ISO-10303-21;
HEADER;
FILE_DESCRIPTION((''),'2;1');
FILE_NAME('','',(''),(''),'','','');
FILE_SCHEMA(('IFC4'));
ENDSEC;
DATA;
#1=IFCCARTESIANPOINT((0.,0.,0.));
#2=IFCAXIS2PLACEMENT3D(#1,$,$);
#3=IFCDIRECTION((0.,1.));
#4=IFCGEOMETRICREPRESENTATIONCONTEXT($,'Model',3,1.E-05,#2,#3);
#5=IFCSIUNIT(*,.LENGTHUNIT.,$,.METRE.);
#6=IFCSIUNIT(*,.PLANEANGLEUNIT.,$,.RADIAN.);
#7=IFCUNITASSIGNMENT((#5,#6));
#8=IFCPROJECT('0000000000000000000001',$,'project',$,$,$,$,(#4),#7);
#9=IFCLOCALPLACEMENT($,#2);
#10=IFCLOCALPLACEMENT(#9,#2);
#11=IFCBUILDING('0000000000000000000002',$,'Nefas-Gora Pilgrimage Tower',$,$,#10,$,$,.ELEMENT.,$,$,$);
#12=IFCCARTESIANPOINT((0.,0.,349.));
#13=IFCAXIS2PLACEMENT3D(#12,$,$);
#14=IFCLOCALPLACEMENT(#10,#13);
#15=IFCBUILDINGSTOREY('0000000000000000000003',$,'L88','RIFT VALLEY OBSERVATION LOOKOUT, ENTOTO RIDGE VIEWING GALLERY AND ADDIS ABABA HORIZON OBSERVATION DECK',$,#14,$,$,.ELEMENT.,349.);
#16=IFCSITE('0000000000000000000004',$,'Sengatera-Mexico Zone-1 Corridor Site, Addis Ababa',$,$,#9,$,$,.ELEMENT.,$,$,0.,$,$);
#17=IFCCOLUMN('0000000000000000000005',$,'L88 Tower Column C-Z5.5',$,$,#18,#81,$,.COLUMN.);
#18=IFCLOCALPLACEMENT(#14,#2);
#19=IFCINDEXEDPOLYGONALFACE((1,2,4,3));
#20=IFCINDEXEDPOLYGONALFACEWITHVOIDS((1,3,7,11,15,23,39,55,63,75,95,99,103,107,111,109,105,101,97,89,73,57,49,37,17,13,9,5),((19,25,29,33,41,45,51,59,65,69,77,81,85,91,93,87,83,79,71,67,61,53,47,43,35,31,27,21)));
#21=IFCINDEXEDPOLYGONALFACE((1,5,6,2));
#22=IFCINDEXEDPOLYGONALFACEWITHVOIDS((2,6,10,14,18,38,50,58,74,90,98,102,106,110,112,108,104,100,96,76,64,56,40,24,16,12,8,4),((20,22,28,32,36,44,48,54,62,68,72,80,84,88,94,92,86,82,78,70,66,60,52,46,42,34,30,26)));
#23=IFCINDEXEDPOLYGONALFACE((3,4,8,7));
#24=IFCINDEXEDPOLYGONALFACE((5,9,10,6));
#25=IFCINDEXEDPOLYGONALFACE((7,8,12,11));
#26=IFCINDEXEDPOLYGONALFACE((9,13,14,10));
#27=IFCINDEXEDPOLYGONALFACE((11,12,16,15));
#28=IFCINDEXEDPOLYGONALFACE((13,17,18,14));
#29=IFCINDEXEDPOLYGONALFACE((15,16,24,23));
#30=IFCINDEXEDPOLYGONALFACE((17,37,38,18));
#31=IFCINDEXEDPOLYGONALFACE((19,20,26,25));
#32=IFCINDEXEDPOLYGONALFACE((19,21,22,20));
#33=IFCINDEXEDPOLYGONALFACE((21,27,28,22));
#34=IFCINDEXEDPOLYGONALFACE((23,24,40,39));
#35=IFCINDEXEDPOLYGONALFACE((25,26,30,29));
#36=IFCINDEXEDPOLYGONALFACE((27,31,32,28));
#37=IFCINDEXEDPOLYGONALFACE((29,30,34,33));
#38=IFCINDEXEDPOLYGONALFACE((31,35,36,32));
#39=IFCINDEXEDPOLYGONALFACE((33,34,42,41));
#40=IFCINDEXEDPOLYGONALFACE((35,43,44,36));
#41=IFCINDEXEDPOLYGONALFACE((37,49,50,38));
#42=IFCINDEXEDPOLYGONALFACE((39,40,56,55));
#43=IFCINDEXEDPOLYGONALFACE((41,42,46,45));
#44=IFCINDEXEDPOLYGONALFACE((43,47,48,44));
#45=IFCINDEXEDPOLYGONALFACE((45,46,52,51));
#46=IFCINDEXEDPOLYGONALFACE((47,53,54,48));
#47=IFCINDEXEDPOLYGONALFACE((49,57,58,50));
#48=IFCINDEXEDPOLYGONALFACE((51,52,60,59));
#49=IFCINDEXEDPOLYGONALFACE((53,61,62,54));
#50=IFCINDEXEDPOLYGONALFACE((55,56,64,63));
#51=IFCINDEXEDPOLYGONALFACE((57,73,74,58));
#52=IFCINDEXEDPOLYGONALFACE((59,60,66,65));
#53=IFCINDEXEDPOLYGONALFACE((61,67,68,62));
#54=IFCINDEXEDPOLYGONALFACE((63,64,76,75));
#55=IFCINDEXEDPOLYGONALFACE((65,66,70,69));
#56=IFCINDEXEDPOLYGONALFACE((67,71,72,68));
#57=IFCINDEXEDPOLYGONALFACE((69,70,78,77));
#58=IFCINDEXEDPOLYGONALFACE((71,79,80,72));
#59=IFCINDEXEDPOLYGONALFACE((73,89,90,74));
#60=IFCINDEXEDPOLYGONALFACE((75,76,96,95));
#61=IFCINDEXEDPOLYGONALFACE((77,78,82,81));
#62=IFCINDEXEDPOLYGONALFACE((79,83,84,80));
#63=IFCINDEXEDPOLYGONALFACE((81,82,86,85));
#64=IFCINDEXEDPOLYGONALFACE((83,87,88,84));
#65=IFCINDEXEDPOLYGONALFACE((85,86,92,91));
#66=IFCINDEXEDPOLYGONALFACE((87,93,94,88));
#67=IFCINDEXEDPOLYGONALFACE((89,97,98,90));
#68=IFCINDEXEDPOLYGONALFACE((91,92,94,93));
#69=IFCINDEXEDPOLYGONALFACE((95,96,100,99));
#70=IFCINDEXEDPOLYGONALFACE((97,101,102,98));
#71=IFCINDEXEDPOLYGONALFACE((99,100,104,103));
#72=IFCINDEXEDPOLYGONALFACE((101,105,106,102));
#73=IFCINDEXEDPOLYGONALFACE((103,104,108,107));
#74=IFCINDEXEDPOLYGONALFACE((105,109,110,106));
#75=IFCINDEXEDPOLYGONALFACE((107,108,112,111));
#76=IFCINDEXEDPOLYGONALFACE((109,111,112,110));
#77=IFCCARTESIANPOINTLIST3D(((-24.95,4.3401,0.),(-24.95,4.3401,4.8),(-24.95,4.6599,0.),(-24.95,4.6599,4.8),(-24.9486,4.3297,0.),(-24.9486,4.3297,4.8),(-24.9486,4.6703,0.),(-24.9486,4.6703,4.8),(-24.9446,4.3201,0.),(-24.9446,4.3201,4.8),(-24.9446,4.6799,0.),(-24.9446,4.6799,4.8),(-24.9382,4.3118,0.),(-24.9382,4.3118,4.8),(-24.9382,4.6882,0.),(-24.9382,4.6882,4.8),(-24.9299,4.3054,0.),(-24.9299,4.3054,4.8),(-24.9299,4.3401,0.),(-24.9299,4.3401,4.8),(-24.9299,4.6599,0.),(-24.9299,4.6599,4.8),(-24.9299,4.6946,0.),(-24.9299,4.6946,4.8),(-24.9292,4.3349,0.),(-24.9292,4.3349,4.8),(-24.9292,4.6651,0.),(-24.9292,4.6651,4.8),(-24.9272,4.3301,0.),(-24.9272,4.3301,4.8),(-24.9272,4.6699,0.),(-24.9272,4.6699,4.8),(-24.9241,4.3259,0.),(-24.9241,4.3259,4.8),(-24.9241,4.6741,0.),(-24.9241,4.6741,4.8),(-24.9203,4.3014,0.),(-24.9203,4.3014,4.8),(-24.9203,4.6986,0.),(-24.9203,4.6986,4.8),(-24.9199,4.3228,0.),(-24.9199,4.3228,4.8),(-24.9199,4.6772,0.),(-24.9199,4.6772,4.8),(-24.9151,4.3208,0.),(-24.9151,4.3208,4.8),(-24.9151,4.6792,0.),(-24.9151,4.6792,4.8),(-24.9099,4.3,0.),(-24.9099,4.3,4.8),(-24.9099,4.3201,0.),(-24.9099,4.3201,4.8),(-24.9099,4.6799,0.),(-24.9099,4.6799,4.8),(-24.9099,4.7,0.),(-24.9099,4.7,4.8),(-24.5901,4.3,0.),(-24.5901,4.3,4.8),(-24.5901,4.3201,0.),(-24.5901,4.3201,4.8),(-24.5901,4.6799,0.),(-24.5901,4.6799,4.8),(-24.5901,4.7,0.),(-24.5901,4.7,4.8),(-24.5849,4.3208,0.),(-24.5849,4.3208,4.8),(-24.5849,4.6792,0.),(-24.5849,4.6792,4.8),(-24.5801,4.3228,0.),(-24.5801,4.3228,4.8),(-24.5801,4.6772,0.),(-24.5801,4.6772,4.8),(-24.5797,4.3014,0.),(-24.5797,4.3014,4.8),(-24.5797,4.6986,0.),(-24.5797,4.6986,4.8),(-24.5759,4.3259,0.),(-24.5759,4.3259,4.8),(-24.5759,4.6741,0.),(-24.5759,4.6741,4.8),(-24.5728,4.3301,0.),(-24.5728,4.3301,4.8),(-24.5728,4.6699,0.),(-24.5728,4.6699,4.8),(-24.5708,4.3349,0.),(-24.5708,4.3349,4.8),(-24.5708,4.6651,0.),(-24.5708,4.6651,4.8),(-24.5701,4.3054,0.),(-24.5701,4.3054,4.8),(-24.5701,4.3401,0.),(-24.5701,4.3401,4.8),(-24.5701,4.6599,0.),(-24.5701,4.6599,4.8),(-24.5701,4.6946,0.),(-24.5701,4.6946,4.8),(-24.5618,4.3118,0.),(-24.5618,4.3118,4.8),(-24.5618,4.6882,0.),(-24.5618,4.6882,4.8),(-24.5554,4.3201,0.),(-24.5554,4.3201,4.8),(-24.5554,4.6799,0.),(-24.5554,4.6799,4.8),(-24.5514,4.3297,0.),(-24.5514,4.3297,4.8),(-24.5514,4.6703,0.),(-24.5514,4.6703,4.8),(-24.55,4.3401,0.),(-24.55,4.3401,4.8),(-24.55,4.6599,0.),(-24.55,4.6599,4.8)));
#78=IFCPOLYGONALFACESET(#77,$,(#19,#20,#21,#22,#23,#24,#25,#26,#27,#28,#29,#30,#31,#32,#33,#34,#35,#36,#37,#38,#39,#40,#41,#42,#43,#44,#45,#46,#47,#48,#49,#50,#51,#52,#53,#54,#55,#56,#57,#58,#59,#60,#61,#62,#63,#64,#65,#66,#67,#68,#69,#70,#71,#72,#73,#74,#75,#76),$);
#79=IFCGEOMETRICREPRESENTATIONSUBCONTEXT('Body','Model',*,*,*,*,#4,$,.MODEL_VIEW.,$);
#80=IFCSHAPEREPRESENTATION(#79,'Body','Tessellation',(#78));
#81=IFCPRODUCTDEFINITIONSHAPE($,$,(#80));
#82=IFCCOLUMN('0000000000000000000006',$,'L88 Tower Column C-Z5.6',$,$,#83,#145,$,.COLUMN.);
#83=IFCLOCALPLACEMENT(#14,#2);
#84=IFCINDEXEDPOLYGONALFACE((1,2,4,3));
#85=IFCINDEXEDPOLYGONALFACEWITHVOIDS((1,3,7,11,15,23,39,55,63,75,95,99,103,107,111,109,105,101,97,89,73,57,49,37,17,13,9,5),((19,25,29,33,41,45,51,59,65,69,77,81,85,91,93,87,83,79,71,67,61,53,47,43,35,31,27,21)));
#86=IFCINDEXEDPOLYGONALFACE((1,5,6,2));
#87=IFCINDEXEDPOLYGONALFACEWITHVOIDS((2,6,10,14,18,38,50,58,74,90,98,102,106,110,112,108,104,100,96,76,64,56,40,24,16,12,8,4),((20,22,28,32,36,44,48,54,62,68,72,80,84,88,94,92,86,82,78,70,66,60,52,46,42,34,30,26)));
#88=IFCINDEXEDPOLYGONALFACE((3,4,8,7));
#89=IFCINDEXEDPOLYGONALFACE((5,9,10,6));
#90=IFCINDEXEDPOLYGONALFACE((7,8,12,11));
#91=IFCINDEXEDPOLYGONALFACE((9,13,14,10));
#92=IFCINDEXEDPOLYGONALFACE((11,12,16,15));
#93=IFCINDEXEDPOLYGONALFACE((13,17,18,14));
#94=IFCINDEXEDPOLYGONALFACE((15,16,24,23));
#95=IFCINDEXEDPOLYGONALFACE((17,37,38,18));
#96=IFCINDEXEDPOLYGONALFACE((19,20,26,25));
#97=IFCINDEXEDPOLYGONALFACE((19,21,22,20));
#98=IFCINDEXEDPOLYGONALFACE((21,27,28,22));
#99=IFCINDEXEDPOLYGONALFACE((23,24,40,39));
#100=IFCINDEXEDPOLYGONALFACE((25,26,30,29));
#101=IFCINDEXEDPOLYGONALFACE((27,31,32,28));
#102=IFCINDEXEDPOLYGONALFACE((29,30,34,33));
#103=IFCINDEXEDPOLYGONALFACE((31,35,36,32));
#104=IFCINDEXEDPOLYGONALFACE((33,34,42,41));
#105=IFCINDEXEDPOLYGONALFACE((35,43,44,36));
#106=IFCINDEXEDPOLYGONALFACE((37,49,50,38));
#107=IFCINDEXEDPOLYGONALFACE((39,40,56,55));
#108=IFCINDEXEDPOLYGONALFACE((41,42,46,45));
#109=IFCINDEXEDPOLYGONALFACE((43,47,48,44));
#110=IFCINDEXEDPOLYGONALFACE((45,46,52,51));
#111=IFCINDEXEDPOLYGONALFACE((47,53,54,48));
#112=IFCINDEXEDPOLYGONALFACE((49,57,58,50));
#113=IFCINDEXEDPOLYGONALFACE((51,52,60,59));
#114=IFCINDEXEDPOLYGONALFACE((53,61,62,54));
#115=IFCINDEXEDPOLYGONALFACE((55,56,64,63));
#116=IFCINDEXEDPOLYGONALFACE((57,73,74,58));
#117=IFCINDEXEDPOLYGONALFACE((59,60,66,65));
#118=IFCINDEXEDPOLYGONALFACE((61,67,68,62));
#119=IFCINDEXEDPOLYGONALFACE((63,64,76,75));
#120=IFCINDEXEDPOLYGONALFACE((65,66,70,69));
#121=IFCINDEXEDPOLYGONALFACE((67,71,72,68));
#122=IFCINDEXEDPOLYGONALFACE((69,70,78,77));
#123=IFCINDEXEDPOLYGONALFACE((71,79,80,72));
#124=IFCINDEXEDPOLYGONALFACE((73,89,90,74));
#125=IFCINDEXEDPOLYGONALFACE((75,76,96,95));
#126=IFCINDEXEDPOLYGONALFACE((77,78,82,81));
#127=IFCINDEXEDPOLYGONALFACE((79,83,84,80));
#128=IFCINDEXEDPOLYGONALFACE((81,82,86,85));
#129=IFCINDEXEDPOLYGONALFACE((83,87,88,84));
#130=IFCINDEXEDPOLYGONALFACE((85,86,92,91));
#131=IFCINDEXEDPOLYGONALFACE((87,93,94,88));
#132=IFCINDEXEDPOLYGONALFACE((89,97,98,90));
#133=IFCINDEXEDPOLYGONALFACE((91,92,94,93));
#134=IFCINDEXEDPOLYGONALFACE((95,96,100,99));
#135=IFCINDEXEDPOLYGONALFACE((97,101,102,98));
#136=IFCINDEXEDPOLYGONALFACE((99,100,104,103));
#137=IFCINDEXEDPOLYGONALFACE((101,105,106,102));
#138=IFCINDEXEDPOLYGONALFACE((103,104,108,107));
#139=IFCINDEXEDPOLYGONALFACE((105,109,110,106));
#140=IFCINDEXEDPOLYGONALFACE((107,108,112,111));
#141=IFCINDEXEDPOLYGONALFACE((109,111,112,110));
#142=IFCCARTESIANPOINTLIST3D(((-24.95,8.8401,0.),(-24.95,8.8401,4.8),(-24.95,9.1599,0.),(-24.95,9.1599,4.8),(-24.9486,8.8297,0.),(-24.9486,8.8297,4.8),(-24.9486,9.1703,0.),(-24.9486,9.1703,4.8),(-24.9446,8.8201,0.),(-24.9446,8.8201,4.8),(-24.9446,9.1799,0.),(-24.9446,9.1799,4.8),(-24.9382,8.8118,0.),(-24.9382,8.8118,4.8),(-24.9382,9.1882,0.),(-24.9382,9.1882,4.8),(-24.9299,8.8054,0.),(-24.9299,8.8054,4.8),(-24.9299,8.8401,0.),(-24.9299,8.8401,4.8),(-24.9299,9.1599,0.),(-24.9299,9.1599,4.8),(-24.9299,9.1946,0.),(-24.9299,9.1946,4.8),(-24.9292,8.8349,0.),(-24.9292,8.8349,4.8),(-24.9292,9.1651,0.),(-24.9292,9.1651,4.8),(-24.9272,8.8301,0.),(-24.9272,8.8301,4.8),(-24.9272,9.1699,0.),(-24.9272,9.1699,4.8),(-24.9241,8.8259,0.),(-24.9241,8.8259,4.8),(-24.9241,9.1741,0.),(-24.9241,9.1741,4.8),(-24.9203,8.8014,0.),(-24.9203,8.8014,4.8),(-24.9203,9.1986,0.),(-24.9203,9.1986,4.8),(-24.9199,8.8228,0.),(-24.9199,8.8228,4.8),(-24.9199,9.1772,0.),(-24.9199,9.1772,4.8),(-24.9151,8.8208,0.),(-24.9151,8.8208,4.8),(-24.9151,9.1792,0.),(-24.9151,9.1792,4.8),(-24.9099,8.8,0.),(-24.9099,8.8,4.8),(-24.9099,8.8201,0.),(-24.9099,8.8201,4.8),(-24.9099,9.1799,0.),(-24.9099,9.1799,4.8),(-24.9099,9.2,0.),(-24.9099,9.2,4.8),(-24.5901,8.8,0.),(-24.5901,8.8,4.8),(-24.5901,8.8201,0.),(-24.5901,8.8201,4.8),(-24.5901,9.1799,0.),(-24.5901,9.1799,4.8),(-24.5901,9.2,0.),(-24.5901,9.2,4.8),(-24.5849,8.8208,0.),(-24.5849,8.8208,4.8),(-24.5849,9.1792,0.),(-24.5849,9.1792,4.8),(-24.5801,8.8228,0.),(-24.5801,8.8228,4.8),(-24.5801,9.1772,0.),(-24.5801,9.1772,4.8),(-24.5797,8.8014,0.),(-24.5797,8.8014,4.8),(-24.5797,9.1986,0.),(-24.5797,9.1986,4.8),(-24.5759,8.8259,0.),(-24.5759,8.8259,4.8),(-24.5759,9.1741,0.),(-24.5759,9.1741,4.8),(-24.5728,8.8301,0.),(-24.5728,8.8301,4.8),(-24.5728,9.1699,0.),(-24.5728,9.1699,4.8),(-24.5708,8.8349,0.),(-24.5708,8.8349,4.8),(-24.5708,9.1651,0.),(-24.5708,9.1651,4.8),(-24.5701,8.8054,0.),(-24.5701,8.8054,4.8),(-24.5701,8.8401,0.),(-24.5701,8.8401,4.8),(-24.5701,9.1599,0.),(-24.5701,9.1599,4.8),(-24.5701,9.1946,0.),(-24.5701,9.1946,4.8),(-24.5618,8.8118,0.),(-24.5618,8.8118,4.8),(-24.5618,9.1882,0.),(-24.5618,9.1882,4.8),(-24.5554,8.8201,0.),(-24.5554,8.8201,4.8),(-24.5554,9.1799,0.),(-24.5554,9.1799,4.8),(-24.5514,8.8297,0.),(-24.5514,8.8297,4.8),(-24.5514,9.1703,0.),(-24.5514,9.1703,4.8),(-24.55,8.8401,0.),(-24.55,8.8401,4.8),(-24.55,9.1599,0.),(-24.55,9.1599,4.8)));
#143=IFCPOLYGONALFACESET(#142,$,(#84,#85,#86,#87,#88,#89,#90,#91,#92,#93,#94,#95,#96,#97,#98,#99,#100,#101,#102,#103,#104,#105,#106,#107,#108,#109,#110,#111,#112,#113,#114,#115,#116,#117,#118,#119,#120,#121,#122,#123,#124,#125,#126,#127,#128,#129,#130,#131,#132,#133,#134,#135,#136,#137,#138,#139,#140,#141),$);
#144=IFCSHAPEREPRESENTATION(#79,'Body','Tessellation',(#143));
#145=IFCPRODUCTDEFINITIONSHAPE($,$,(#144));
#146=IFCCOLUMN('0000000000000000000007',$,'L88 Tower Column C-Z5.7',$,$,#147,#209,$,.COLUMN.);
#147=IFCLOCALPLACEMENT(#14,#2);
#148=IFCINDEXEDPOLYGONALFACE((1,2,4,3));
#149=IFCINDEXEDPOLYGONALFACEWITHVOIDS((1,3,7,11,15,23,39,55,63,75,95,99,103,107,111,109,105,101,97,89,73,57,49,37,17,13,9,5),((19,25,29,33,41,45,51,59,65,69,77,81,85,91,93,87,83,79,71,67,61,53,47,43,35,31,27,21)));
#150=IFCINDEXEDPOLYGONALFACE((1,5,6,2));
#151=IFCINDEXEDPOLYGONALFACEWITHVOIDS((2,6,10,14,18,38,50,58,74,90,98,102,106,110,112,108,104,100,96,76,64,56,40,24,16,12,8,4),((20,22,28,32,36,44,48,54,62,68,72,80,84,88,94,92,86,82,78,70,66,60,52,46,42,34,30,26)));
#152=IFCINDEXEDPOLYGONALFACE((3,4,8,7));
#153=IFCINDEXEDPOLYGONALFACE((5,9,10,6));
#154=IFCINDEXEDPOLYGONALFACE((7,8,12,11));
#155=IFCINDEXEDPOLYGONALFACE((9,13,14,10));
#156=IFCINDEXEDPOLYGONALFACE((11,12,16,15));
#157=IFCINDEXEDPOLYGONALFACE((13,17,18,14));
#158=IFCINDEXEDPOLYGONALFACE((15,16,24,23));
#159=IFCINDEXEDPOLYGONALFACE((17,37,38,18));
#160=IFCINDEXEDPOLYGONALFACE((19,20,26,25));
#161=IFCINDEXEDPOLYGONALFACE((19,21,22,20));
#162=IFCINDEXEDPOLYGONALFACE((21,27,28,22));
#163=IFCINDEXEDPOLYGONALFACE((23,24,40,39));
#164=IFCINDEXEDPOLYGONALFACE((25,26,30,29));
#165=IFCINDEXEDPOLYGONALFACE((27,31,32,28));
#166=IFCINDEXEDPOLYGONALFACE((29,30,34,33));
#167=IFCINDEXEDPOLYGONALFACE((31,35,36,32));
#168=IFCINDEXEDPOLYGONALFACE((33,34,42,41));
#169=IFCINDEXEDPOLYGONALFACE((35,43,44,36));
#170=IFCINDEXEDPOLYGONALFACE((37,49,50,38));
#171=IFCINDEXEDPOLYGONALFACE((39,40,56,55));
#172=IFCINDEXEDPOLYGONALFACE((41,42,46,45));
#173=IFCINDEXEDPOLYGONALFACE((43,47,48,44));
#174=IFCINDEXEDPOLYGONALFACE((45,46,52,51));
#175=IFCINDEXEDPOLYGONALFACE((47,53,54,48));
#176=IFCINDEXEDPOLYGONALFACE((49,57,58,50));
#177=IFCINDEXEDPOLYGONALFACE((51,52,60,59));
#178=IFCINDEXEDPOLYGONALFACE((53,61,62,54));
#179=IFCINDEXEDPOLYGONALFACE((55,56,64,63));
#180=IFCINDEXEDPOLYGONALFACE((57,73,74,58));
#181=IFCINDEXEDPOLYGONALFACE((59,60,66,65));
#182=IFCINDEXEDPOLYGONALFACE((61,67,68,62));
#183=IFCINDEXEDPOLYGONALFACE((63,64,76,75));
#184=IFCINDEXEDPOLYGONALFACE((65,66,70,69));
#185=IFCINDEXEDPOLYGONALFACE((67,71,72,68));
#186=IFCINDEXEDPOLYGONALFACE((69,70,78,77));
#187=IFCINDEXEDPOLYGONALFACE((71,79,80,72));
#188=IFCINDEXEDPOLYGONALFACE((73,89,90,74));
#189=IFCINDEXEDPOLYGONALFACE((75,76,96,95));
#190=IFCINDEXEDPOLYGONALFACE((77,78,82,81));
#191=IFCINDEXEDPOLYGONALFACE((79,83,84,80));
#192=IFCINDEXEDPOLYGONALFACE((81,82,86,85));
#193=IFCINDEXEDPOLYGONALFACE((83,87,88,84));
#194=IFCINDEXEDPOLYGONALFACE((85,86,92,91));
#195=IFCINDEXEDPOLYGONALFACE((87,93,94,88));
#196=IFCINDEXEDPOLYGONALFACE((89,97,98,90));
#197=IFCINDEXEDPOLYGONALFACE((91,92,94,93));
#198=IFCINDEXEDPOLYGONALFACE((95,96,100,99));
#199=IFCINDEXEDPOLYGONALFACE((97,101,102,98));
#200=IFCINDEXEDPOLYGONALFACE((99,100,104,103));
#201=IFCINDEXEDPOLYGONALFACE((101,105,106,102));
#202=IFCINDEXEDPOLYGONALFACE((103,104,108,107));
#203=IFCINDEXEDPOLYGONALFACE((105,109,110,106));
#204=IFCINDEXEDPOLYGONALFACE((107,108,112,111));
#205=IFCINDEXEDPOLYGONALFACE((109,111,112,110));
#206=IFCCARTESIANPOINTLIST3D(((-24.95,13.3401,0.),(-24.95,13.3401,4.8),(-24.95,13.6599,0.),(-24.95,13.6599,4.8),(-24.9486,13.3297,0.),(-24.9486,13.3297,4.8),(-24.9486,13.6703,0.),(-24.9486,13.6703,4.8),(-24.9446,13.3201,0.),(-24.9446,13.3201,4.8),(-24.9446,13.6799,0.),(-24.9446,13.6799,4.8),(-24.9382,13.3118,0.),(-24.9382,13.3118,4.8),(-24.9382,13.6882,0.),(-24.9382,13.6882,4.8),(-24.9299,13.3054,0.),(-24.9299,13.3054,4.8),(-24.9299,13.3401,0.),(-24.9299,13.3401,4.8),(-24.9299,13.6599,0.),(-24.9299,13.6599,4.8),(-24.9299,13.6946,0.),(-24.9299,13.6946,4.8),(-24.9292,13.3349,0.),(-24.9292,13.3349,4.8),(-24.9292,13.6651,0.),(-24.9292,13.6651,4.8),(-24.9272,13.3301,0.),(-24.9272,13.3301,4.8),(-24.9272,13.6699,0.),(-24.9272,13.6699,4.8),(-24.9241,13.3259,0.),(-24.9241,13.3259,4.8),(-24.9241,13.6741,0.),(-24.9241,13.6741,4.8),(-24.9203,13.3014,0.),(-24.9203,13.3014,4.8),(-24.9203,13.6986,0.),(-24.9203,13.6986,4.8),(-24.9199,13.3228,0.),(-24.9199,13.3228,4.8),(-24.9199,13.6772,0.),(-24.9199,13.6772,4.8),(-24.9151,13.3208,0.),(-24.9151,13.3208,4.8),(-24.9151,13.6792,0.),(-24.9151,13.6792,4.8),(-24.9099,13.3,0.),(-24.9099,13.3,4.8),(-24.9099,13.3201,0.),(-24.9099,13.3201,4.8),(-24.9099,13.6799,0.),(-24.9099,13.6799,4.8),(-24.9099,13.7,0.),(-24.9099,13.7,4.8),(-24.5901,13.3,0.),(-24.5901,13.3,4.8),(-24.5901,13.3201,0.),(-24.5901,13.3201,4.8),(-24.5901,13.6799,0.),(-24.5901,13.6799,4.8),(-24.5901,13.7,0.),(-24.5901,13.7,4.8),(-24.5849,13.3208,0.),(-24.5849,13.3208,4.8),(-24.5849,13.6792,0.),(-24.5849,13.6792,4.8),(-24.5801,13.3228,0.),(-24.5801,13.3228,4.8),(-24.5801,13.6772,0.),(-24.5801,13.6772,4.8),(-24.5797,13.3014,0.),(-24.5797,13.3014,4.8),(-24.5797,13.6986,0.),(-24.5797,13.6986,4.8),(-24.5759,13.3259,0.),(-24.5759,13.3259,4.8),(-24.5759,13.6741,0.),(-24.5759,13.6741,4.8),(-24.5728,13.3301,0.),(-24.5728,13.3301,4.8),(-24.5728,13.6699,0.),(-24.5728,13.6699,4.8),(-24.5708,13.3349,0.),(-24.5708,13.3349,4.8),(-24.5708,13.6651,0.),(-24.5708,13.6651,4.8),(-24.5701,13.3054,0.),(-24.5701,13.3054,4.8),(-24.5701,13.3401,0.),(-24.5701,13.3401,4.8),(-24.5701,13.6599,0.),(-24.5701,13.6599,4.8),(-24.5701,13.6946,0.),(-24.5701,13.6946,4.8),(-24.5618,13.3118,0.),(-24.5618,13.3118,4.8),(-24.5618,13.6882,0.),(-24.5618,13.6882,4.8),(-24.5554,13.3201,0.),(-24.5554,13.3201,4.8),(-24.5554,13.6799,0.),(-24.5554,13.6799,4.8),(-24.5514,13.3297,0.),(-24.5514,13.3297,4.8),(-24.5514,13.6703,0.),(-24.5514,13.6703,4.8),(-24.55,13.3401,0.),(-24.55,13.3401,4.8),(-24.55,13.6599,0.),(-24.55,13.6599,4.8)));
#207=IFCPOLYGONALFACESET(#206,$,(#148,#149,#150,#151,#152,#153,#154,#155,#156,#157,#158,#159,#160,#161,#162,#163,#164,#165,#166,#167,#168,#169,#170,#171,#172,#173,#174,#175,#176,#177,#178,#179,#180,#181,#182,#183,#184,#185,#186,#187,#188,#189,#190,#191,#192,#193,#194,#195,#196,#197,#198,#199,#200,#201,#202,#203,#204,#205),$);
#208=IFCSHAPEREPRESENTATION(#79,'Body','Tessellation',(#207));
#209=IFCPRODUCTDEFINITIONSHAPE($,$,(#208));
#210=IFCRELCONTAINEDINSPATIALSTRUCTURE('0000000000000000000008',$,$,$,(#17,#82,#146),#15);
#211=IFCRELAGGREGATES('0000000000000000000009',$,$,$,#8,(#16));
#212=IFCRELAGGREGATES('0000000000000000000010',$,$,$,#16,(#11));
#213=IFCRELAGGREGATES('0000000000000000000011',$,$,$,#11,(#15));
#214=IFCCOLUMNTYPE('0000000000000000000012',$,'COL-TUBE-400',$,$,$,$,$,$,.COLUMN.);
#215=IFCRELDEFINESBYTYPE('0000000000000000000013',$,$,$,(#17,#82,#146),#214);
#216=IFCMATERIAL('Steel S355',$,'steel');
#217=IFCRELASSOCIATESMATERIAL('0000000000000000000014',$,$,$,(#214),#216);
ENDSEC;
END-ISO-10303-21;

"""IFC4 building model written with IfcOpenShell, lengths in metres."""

from ifc_helpers import new_model, si_unit, direction, frame, origin, origin_2d, place, context, subcontext, project, spatial, hollow_rectangle, extrude, source, transform, mapped, material, material_profile, profile_set, type_object, element, save


model = new_model("IFC4")

# Units and contexts
model_context = context("Model", 3, precision=1e-05, world=origin(), true_north=direction((0.0, 1.0)))
body_context = subcontext(model_context, "Body", "Model", "MODEL_VIEW")
ifc_project = project(units=[si_unit("LENGTHUNIT", "METRE"), si_unit("PLANEANGLEUNIT", "RADIAN")], contexts=[model_context])

# Site, building, storey
site_placement = place(None, origin())
site = spatial("IfcSite", under=ifc_project, at=site_placement, Name="Sengatera-Mexico Zone-1 Corridor Site, Addis Ababa", CompositionType="ELEMENT", RefElevation=0.0)
building_placement = place(site_placement, origin())
building = spatial("IfcBuilding", under=site, at=building_placement, Name="Nefas-Gora Pilgrimage Tower", CompositionType="ELEMENT")
storey_placement = place(building_placement, frame((0.0, 0.0, 349.0)))
storey = spatial("IfcBuildingStorey", under=building, at=storey_placement, Name="L88", Description="RIFT VALLEY OBSERVATION LOOKOUT, ENTOTO RIDGE VIEWING GALLERY AND ADDIS ABABA HORIZON OBSERVATION DECK", CompositionType="ELEMENT", Elevation=349.0)

# Columns
ifc_material_1 = material(Name="Steel S355", Category="steel")
ifc_material_profile_1 = material_profile(ifc_material_1, hollow_rectangle(XDim=0.3999, YDim=0.3999, WallThickness=0.02, InnerFilletRadius=0.02, OuterFilletRadius=0.04, at=origin_2d()), Name="SHS 400x400x20")
ifc_profile_set_1 = profile_set([ifc_material_profile_1], Name="Steel S355")
column_type_1 = type_object("IfcColumnType", Name="COL-TUBE-400", PredefinedType="COLUMN", material=ifc_profile_set_1)
shared_shape_1 = source(origin(), body_context, "Body", "SweptSolid", [
    extrude(hollow_rectangle(XDim=0.3999, YDim=0.3999, WallThickness=0.02, InnerFilletRadius=0.02, OuterFilletRadius=0.04, at=origin_2d()), origin(), (0.0, 0.0, 1.0), 4.8),
])
for number, where, z_axis, x_axis, name in (
    (1, (-24.75, 4.5, 0.0), (0.0, 0.0, 1.0), (1.0, 0.0, 0.0), "L88 Tower Column C-Z5.5"),
    (2, (-24.75, 9.0, 0.0), (0.0, 0.0, 1.0), (1.0, 0.0, 0.0), "L88 Tower Column C-Z5.6"),
    (3, (-24.75, 13.5, 0.0), (0.0, 0.0, 1.0), (1.0, 0.0, 0.0), "L88 Tower Column C-Z5.7"),
):
    element("IfcColumn", number, at=place(storey_placement, frame(where, z_axis=z_axis, x_axis=x_axis)), inside=storey, type_object=column_type_1, Name=name, PredefinedType="COLUMN", context=body_context, shape_type="MappedRepresentation", body=[
        mapped(shared_shape_1, transform((0.0, 0.0, 0.0), x_axis=(1.0, 0.0, 0.0), y_axis=(0.0, 1.0, 0.0), z_axis=(0.0, 0.0, 1.0), scale=1.0)),
    ])

save(model, "model.ifc")
